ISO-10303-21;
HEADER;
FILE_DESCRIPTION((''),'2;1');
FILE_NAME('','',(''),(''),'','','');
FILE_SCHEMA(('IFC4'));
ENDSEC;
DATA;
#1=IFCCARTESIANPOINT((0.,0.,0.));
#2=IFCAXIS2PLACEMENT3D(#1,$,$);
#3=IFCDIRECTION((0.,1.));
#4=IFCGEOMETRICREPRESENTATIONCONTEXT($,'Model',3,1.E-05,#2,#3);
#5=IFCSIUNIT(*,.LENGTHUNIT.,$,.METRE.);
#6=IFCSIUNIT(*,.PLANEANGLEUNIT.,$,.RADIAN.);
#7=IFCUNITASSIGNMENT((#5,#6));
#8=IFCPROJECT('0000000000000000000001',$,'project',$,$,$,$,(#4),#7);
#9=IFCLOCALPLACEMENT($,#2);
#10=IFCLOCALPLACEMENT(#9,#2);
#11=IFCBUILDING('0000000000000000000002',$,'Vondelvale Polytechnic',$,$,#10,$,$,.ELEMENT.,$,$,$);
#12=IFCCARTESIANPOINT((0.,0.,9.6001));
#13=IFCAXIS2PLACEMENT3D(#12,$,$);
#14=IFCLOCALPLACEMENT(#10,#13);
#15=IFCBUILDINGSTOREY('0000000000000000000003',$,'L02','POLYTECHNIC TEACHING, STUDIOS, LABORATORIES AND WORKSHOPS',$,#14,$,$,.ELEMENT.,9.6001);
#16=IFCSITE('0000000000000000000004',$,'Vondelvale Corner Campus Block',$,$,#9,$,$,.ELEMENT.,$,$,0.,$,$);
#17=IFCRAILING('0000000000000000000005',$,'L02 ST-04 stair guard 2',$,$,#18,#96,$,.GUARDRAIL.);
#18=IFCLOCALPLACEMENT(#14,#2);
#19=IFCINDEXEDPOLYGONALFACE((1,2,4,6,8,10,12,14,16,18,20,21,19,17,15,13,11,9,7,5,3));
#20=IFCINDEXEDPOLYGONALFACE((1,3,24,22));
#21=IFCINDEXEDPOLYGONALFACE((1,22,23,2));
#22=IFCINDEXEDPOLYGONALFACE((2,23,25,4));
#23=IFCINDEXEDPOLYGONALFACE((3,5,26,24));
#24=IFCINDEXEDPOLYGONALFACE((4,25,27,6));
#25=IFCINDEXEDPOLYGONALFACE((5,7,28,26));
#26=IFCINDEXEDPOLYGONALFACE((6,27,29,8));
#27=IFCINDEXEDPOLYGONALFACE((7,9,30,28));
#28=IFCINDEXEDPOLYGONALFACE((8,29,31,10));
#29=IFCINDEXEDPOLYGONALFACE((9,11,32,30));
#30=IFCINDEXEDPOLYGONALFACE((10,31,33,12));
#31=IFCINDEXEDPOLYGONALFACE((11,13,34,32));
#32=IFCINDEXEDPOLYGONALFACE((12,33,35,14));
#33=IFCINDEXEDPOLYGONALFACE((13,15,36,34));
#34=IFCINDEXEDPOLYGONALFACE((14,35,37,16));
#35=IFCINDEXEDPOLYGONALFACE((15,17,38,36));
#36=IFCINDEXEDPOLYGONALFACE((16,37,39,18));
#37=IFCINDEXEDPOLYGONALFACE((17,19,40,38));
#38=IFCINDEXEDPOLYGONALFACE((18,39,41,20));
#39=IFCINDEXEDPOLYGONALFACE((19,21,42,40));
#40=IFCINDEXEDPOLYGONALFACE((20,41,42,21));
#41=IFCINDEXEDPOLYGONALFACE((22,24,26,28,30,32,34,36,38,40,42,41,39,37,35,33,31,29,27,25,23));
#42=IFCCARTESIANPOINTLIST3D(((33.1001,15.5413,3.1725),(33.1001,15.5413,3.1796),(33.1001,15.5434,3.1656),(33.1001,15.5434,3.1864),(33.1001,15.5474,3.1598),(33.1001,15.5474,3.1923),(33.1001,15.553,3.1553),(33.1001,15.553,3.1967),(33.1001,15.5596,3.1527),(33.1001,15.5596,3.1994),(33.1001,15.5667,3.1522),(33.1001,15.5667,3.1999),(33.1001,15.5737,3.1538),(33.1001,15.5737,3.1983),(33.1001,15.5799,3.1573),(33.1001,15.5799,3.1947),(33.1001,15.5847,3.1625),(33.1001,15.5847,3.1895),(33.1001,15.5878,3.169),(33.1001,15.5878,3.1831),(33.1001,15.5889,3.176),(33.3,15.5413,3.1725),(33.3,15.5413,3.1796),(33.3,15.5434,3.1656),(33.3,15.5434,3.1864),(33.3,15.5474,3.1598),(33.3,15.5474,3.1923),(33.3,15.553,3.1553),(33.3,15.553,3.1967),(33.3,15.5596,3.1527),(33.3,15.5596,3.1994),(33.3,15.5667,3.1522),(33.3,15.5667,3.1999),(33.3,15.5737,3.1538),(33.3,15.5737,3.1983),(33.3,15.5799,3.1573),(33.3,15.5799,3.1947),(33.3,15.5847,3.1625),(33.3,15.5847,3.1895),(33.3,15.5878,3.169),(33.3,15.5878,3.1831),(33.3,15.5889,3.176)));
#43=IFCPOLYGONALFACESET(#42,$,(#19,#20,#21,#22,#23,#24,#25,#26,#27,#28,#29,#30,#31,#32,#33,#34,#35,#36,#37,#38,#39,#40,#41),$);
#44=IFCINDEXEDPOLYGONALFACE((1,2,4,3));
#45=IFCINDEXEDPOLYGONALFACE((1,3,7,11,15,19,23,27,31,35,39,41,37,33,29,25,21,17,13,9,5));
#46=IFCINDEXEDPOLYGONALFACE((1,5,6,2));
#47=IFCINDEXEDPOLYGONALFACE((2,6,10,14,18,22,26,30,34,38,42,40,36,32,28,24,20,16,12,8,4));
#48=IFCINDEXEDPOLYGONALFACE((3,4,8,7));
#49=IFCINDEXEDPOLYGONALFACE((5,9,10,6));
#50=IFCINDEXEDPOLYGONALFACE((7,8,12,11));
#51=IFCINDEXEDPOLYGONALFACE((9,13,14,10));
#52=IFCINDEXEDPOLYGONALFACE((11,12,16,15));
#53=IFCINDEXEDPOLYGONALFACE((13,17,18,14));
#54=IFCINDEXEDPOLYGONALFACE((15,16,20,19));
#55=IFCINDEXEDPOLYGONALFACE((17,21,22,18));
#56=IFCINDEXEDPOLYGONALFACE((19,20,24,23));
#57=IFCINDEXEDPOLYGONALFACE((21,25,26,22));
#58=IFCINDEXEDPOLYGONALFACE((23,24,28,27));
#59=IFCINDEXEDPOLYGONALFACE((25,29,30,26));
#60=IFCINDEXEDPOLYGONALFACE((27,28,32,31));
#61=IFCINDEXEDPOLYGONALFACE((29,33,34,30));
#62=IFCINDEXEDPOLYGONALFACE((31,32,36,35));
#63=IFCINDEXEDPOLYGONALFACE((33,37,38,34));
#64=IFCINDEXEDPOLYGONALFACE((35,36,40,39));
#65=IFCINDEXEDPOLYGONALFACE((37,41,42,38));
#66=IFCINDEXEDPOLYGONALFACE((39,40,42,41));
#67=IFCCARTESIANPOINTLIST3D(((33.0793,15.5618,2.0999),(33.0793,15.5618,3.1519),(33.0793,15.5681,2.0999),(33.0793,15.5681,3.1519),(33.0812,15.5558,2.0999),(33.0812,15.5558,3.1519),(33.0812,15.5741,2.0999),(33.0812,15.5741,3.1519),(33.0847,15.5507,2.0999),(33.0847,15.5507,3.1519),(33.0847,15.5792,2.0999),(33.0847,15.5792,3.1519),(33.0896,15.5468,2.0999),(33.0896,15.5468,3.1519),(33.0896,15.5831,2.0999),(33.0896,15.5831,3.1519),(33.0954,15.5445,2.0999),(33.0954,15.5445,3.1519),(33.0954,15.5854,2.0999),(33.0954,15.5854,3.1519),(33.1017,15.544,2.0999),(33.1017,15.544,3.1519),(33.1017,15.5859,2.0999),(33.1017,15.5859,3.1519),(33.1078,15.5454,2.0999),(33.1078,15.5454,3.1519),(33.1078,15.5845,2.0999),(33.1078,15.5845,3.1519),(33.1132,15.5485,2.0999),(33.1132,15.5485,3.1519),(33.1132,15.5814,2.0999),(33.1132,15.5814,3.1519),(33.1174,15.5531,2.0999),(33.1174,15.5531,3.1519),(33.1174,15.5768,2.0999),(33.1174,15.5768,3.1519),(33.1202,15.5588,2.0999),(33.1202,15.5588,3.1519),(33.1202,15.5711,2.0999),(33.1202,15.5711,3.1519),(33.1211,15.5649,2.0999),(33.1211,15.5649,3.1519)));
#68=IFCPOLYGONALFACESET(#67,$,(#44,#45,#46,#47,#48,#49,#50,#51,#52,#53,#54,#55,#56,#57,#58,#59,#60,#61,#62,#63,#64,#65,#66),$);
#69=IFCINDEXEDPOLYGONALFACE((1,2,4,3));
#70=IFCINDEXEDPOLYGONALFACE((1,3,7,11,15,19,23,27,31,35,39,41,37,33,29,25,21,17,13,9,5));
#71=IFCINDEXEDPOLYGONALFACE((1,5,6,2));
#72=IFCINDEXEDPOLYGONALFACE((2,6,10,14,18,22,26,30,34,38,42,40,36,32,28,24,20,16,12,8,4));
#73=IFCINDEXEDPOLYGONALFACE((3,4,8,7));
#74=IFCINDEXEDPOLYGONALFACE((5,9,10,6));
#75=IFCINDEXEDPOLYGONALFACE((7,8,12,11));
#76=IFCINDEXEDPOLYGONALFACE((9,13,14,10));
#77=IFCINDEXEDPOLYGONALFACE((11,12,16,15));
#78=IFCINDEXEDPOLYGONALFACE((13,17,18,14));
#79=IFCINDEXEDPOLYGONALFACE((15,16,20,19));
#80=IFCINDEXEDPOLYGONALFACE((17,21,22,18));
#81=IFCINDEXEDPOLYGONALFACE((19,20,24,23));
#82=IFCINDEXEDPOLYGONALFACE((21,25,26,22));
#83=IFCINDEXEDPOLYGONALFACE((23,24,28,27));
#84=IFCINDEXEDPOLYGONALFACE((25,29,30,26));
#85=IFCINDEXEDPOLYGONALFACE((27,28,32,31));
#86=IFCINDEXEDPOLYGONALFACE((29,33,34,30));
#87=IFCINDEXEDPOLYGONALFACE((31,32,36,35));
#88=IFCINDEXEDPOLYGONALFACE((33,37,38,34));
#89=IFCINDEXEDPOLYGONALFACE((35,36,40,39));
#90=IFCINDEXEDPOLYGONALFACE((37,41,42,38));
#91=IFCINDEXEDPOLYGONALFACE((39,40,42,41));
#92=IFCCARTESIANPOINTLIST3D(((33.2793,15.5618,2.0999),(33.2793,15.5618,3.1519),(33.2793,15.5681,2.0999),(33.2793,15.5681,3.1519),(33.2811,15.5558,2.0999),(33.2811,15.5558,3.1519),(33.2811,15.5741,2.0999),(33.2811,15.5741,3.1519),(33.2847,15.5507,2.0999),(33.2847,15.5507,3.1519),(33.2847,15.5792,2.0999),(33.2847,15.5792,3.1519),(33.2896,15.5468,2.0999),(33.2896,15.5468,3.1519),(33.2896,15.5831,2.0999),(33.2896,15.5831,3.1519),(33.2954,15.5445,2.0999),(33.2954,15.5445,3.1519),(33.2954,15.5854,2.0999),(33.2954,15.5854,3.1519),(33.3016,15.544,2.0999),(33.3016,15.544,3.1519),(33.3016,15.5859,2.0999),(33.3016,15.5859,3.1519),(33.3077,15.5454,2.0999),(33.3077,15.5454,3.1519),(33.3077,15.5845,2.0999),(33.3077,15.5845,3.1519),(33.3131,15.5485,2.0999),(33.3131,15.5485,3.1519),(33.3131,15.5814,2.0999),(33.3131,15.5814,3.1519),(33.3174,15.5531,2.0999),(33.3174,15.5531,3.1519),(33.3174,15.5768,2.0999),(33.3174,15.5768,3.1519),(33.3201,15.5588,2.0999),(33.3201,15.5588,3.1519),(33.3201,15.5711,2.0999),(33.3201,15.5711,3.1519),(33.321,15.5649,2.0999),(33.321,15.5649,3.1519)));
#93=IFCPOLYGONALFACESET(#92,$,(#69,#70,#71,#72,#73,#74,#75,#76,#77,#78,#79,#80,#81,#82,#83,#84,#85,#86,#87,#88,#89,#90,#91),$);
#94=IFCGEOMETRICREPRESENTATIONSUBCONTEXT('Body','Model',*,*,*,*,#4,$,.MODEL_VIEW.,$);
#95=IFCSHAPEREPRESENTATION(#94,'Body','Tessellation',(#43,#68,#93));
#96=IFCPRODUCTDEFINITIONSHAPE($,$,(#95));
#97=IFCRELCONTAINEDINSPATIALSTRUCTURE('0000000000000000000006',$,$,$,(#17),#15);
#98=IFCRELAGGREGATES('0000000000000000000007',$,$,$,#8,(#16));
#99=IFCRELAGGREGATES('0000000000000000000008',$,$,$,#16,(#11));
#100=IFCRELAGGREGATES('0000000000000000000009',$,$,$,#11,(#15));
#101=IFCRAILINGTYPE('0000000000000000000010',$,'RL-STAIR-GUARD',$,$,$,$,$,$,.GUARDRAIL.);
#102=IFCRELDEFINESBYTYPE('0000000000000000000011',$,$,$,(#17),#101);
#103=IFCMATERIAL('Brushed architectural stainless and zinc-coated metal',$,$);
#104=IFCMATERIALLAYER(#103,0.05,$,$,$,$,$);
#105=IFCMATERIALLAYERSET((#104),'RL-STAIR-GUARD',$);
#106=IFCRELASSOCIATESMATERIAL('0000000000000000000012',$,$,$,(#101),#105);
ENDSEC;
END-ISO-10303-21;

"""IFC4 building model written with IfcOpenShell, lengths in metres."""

from ifc_helpers import new_model, si_unit, direction, frame, origin, origin_2d, place, context, subcontext, project, spatial, circle, extrude, material, layer, layer_set, type_object, element, save


model = new_model("IFC4")

# Units and contexts
model_context = context("Model", 3, precision=1e-05, world=origin(), true_north=direction((0.0, 1.0)))
body_context = subcontext(model_context, "Body", "Model", "MODEL_VIEW")
ifc_project = project(units=[si_unit("LENGTHUNIT", "METRE"), si_unit("PLANEANGLEUNIT", "RADIAN")], contexts=[model_context])

# Site, building, storey
site_placement = place(None, origin())
site = spatial("IfcSite", under=ifc_project, at=site_placement, Name="Vondelvale Corner Campus Block", CompositionType="ELEMENT", RefElevation=0.0)
building_placement = place(site_placement, origin())
building = spatial("IfcBuilding", under=site, at=building_placement, Name="Vondelvale Polytechnic", CompositionType="ELEMENT")
storey_placement = place(building_placement, frame((0.0, 0.0, 9.6001)))
storey = spatial("IfcBuildingStorey", under=building, at=storey_placement, Name="L02", Description="POLYTECHNIC TEACHING, STUDIOS, LABORATORIES AND WORKSHOPS", CompositionType="ELEMENT", Elevation=9.6001)

# Shared definitions
ifc_material_1 = material(Name="Brushed architectural stainless and zinc-coated metal")

# Railing
ifc_layer_1 = layer(ifc_material_1, 0.05)
ifc_layer_set_1 = layer_set([ifc_layer_1], Name="RL-STAIR-GUARD")
railing_type_1 = type_object("IfcRailingType", Name="RL-STAIR-GUARD", PredefinedType="GUARDRAIL", material=ifc_layer_set_1)
railing_1_placement = place(storey_placement, frame((33.1001, 15.5649, 2.0999)))
element("IfcRailing", 1, at=railing_1_placement, inside=storey, type_object=railing_type_1, Name="L02 ST-04 stair guard 2", PredefinedType="GUARDRAIL", context=body_context, shape_type="SweptSolid", body=[
    extrude(circle(Radius=0.0239, at=origin_2d()), frame((0.0, 0.0, 1.0762), z_axis=(1.0, 0.0, 0.0), x_axis=(0.0, 1.0, 0.0)), (0.0, 0.0, 1.0), 0.2),
    extrude(circle(Radius=0.021, at=origin_2d()), origin(), (0.0, 0.0, 1.0), 1.052),
    extrude(circle(Radius=0.021, at=origin_2d()), frame((0.2, 0.0, 0.0)), (0.0, 0.0, 1.0), 1.052),
])

save(model, "model.ifc")
